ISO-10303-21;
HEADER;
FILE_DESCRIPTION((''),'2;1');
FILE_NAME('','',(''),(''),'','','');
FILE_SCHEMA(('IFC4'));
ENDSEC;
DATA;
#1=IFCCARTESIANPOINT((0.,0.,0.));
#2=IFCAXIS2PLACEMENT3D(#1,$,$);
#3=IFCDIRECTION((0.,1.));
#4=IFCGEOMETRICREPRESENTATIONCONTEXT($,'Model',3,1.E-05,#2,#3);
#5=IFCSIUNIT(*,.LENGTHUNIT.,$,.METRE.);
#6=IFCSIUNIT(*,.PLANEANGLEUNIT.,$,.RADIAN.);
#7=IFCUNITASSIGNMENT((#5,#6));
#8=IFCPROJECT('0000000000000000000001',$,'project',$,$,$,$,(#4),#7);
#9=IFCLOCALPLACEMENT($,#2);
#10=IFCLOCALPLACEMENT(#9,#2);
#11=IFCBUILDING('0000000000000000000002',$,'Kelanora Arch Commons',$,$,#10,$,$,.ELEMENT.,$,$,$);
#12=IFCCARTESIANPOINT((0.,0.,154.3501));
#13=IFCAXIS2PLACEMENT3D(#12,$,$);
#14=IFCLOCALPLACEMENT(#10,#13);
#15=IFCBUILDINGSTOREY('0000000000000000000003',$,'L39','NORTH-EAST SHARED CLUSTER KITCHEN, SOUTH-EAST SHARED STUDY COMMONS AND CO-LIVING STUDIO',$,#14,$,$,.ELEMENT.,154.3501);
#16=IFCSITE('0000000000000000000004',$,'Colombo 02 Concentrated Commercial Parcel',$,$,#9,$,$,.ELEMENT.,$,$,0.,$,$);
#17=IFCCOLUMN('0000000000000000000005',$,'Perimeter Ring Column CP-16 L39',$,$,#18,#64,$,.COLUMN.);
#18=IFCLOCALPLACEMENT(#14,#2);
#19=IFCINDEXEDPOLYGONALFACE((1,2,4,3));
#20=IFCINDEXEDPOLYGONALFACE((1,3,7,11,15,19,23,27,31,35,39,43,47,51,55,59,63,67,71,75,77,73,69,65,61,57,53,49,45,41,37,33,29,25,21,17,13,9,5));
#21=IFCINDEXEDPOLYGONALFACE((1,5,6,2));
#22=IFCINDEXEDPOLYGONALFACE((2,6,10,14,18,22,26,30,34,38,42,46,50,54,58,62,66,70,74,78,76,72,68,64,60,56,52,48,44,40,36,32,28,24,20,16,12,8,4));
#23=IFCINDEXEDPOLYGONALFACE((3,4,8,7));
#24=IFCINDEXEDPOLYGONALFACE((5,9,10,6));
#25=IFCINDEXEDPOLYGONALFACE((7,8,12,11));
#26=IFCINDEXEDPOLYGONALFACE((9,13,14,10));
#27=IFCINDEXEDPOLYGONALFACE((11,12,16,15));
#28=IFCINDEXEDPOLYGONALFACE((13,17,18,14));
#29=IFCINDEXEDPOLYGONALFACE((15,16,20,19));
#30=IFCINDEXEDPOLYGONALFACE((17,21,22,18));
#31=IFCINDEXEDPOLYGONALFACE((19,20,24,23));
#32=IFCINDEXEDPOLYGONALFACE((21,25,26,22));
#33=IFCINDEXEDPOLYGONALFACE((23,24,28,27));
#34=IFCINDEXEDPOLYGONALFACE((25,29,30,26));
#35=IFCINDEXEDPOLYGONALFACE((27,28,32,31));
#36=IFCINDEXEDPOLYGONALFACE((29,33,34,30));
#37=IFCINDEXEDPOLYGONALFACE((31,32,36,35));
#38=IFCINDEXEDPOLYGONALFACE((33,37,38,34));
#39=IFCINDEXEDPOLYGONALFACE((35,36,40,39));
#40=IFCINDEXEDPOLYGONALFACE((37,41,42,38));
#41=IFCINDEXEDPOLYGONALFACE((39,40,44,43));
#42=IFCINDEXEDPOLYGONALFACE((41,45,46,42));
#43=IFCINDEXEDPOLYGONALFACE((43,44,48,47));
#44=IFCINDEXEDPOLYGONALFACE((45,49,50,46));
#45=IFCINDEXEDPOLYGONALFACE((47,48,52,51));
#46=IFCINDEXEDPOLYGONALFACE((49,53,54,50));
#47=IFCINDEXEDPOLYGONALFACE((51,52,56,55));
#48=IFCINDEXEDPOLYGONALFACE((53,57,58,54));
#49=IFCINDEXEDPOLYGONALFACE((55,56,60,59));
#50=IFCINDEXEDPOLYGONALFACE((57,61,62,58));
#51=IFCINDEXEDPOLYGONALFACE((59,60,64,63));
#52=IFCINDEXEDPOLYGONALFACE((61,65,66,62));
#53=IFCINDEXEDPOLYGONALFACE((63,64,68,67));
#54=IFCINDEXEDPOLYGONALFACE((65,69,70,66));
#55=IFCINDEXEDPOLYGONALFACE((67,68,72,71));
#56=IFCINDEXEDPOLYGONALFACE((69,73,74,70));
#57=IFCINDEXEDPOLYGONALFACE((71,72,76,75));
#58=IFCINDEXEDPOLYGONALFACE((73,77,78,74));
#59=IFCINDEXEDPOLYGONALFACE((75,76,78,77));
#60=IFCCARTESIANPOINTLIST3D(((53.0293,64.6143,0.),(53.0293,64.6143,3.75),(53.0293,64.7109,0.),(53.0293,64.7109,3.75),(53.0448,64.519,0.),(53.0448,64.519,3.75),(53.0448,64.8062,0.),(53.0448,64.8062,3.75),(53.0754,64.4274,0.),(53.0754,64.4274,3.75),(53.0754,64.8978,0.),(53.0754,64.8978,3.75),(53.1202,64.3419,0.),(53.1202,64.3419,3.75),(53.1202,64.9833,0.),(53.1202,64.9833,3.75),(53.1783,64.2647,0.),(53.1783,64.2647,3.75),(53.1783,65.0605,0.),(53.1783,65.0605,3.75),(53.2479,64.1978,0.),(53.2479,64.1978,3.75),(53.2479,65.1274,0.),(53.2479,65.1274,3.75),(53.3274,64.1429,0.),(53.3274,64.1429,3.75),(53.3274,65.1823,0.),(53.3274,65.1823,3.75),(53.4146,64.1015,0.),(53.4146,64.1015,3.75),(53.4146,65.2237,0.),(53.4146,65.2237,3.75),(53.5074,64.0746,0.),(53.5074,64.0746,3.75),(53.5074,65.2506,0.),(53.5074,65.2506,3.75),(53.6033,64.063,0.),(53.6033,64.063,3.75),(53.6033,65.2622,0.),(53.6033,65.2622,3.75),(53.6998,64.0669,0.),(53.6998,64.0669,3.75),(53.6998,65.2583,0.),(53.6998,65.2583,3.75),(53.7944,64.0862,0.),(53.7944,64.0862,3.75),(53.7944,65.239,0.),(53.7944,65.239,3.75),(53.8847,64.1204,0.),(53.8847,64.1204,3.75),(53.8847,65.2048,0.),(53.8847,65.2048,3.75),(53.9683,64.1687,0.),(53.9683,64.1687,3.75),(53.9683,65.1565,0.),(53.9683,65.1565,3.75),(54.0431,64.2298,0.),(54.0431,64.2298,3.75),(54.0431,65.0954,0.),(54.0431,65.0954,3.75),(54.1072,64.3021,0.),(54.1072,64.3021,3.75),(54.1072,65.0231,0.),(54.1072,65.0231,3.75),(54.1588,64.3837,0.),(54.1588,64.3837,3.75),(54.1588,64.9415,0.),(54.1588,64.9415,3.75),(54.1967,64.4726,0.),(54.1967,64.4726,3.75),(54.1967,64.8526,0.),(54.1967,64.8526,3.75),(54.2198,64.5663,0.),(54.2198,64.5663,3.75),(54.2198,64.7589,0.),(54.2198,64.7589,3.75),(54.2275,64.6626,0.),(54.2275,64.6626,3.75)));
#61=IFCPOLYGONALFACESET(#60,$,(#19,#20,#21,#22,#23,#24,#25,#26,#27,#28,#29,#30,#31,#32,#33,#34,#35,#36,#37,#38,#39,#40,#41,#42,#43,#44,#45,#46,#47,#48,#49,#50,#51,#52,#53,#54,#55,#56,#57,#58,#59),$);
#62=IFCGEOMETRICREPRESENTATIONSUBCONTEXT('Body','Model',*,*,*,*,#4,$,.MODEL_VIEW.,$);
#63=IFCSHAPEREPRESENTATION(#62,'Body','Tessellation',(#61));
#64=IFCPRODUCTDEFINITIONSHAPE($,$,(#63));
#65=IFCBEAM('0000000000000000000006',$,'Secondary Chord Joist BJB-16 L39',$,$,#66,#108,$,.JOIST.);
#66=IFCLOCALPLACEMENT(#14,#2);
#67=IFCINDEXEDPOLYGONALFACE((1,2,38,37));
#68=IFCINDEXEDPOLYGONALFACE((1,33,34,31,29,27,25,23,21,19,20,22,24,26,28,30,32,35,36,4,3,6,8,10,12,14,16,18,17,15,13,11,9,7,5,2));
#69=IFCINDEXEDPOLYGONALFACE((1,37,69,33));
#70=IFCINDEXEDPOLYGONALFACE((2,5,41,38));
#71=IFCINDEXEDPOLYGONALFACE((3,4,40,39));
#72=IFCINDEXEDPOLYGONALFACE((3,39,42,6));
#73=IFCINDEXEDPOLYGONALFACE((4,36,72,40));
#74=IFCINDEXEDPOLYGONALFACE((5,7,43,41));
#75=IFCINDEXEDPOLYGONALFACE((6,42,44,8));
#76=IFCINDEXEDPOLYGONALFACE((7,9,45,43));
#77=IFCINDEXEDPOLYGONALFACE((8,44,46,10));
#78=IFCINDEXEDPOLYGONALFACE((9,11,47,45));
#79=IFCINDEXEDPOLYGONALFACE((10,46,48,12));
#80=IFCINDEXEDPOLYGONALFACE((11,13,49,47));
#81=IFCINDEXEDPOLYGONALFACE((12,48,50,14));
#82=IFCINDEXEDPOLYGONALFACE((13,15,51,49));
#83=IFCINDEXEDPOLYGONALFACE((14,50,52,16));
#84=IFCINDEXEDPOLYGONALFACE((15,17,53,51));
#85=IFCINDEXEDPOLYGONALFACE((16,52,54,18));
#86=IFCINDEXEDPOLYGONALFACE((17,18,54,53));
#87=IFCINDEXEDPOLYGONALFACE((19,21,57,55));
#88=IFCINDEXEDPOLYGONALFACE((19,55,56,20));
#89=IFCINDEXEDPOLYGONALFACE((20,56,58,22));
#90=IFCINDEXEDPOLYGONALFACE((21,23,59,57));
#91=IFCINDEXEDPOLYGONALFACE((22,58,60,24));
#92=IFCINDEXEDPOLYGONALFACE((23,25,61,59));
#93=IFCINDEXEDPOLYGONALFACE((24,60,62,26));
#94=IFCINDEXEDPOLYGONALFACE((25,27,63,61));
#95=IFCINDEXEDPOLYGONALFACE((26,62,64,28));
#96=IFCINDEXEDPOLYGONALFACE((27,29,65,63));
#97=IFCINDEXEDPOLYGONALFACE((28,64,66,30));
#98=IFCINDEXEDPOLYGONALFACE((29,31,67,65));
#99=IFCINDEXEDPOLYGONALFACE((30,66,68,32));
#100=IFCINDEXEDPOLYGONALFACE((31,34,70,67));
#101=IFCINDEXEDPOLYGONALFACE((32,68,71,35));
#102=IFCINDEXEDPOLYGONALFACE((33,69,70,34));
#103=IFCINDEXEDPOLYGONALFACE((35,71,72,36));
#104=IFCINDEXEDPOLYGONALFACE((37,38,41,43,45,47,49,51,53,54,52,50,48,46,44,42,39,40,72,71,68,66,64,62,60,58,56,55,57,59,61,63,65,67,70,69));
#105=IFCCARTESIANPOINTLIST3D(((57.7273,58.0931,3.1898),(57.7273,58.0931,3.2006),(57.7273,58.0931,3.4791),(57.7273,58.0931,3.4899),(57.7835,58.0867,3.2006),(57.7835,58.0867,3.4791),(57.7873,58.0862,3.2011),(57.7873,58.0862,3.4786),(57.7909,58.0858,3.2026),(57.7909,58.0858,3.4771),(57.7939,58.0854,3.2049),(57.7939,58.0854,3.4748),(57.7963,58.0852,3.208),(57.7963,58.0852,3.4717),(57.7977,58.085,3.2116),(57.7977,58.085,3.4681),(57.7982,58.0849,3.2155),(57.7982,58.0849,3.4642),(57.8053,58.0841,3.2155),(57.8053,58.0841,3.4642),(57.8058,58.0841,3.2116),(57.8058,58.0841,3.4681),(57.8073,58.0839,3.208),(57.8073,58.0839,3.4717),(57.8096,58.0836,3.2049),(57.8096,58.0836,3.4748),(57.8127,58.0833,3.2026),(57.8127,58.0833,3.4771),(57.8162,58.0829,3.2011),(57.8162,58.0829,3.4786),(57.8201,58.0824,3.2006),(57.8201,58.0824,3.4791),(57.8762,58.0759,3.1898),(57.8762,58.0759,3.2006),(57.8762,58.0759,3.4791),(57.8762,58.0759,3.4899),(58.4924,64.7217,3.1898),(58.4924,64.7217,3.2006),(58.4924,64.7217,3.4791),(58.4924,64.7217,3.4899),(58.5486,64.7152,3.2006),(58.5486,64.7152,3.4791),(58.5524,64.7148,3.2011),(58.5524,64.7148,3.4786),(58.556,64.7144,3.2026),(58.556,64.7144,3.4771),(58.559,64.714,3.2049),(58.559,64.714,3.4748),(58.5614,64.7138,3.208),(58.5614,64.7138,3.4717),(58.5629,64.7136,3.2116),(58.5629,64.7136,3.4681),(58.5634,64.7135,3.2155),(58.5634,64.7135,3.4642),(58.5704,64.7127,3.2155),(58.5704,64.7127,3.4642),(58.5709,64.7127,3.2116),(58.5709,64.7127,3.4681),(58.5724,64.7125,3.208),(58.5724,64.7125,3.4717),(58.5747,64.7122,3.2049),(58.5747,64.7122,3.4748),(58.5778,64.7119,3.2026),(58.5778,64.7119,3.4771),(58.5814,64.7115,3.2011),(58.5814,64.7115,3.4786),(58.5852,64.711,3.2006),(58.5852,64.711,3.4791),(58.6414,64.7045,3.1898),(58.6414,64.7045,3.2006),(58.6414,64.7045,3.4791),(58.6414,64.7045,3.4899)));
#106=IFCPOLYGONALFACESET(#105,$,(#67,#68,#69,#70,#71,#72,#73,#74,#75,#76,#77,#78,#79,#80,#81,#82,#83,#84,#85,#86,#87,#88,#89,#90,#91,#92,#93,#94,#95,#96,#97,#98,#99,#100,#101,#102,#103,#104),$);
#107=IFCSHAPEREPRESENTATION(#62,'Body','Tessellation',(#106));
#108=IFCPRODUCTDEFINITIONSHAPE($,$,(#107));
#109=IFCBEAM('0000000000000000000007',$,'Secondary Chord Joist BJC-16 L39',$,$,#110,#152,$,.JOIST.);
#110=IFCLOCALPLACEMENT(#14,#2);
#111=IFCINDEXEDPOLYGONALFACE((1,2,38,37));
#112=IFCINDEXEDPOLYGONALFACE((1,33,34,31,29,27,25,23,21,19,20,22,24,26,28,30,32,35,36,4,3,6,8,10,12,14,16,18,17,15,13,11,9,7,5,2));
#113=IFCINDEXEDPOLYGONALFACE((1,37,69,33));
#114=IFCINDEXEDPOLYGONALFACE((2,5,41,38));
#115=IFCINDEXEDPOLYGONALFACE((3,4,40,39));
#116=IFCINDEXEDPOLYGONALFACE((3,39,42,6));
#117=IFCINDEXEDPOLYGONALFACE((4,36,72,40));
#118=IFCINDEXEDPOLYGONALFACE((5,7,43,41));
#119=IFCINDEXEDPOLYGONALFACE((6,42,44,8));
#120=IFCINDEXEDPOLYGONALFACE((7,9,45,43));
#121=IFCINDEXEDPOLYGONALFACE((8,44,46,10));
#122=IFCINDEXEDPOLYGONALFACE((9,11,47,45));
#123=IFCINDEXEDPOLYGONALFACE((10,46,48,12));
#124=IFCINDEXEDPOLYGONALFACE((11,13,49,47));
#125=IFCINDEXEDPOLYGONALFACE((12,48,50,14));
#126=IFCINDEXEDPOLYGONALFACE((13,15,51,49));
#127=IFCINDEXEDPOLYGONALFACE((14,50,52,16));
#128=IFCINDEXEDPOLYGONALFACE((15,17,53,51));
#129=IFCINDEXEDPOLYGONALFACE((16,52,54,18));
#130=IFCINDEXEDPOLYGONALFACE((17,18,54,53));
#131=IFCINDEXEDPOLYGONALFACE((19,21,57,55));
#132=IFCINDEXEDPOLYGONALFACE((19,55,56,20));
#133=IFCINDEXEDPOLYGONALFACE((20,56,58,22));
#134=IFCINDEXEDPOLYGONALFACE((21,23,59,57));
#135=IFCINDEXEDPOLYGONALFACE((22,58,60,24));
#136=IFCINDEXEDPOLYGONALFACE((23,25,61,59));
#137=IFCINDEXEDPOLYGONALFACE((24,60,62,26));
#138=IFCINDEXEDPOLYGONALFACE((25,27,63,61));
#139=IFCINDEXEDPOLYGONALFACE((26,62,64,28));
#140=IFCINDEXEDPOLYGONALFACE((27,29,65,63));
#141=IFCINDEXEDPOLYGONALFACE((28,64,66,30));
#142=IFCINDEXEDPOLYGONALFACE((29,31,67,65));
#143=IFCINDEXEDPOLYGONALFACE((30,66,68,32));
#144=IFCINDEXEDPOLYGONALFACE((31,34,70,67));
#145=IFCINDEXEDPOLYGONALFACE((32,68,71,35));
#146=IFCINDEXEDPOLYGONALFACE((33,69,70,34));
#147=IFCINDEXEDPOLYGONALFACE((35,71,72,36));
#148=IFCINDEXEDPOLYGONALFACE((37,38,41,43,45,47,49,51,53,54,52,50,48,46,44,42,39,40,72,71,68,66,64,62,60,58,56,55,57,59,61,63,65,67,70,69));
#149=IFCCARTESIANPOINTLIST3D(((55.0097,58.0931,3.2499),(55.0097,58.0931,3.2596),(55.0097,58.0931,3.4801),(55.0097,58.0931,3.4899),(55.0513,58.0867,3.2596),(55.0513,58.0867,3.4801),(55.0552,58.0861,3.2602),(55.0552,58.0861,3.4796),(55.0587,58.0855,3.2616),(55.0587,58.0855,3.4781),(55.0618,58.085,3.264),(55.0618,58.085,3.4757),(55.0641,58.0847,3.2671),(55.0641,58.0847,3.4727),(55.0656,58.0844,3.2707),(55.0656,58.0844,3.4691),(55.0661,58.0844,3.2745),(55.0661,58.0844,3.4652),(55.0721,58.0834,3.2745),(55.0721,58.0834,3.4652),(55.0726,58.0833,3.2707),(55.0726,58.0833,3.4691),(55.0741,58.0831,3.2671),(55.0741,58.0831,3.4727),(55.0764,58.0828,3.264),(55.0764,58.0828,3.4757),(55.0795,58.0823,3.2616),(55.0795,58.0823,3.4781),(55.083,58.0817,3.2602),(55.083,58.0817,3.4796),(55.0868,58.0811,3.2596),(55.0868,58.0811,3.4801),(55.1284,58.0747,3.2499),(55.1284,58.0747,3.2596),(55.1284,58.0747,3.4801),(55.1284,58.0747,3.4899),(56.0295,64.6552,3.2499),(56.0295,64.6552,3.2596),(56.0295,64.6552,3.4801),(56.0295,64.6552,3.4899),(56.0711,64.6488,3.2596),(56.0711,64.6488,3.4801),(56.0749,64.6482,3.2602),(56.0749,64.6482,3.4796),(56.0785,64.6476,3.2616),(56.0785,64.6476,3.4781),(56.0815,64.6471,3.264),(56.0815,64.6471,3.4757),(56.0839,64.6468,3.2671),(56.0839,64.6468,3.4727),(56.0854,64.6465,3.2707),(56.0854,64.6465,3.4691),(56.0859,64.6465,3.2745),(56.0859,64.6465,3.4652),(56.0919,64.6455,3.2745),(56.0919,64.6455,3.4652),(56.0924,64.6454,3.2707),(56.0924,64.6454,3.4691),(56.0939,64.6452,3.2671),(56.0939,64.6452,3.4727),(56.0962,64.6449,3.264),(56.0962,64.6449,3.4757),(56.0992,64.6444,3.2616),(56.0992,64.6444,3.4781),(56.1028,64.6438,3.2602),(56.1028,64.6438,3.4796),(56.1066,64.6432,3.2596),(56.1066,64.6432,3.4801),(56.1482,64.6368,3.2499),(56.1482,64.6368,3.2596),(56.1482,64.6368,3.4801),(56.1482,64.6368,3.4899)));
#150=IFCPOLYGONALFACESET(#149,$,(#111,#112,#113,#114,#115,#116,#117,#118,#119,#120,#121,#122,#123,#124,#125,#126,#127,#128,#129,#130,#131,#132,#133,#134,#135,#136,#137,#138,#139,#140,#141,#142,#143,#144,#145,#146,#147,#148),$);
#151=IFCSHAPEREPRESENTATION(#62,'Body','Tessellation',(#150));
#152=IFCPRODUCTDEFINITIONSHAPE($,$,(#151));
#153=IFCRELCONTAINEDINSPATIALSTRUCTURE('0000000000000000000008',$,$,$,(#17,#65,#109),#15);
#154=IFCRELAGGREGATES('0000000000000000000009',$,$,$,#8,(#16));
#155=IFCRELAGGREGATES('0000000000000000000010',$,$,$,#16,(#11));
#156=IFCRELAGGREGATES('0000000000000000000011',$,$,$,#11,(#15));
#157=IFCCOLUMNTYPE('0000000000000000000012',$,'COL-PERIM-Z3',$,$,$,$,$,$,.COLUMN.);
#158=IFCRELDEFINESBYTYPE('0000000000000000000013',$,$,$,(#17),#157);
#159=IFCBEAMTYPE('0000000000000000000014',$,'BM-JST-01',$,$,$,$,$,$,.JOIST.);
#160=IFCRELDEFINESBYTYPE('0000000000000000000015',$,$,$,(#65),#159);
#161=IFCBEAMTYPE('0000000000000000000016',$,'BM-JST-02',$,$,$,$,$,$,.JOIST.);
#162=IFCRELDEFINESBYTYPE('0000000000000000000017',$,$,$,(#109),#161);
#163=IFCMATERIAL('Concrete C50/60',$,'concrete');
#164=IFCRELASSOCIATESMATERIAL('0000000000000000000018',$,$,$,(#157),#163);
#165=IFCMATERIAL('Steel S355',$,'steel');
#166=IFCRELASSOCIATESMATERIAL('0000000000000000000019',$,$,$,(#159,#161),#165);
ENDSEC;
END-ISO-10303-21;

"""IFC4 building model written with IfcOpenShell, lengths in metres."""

from ifc_helpers import new_model, si_unit, direction, frame, origin, origin_2d, place, context, subcontext, project, spatial, circle, i_section, extrude, material, material_profile, profile_set, type_object, element, save


model = new_model("IFC4")

# Units and contexts
model_context = context("Model", 3, precision=1e-05, world=origin(), true_north=direction((0.0, 1.0)))
body_context = subcontext(model_context, "Body", "Model", "MODEL_VIEW")
ifc_project = project(units=[si_unit("LENGTHUNIT", "METRE"), si_unit("PLANEANGLEUNIT", "RADIAN")], contexts=[model_context])

# Site, building, storey
site_placement = place(None, origin())
site = spatial("IfcSite", under=ifc_project, at=site_placement, Name="Colombo 02 Concentrated Commercial Parcel", CompositionType="ELEMENT", RefElevation=0.0)
building_placement = place(site_placement, origin())
building = spatial("IfcBuilding", under=site, at=building_placement, Name="Kelanora Arch Commons", CompositionType="ELEMENT")
storey_placement = place(building_placement, frame((0.0, 0.0, 154.3501)))
storey = spatial("IfcBuildingStorey", under=building, at=storey_placement, Name="L39", Description="NORTH-EAST SHARED CLUSTER KITCHEN, SOUTH-EAST SHARED STUDY COMMONS AND CO-LIVING STUDIO", CompositionType="ELEMENT", Elevation=154.3501)

# Column
ifc_material_1 = material(Name="Concrete C50/60", Category="concrete")
ifc_material_profile_1 = material_profile(ifc_material_1, circle(Radius=0.6001, at=origin_2d()), Name="RCC1200")
ifc_profile_set_1 = profile_set([ifc_material_profile_1], Name="Concrete C50/60")
column_type = type_object("IfcColumnType", Name="COL-PERIM-Z3", PredefinedType="COLUMN", material=ifc_profile_set_1)
column_placement = place(storey_placement, frame((53.6274, 64.6626, 0.0), z_axis=(0.0, 0.0, 1.0), x_axis=(1.0, 0.0, 0.0)))
element("IfcColumn", 1, at=column_placement, inside=storey, type_object=column_type, Name="Perimeter Ring Column CP-16 L39", PredefinedType="COLUMN", context=body_context, shape_type="SweptSolid", body=[
    extrude(circle(Radius=0.6001, at=origin_2d()), origin(), (0.0, 0.0, 1.0), 3.75),
])

# Beams
ifc_material_2 = material(Name="Steel S355", Category="steel")
ifc_material_profile_2 = material_profile(ifc_material_2, i_section(OverallWidth=0.1499, OverallDepth=0.3, WebThickness=0.0071, FlangeThickness=0.0107, FilletRadius=0.0149, at=origin_2d()), Name="IPE300")
ifc_profile_set_2 = profile_set([ifc_material_profile_2], Name="Steel S355")
beam_type_1 = type_object("IfcBeamType", Name="BM-JST-01", PredefinedType="JOIST", material=ifc_profile_set_2)
beam_1_placement = place(storey_placement, frame((58.5669, 64.7131, 3.3398), z_axis=(-0.114667, -0.993404, 0.0), x_axis=(0.993404, -0.114667, 0.0)))
element("IfcBeam", 2, at=beam_1_placement, inside=storey, type_object=beam_type_1, Name="Secondary Chord Joist BJB-16 L39", PredefinedType="JOIST", context=body_context, shape_type="SweptSolid", body=[
    extrude(i_section(OverallWidth=0.1499, OverallDepth=0.3, WebThickness=0.0071, FlangeThickness=0.0107, FilletRadius=0.0149, at=origin_2d()), origin(), (0.0, 0.0, 1.0), 6.6726),
])
ifc_material_profile_3 = material_profile(ifc_material_2, i_section(OverallWidth=0.1201, OverallDepth=0.24, WebThickness=0.0061, FlangeThickness=0.0098, FilletRadius=0.0149, at=origin_2d()), Name="IPE240")
ifc_profile_set_3 = profile_set([ifc_material_profile_3], Name="Steel S355")
beam_type_2 = type_object("IfcBeamType", Name="BM-JST-02", PredefinedType="JOIST", material=ifc_profile_set_3)
beam_2_placement = place(storey_placement, frame((56.0889, 64.646, 3.3699), z_axis=(-0.153563, -0.988139, 0.0), x_axis=(0.988139, -0.153563, 0.0)))
element("IfcBeam", 3, at=beam_2_placement, inside=storey, type_object=beam_type_2, Name="Secondary Chord Joist BJC-16 L39", PredefinedType="JOIST", context=body_context, shape_type="SweptSolid", body=[
    extrude(i_section(OverallWidth=0.1201, OverallDepth=0.24, WebThickness=0.0061, FlangeThickness=0.0098, FilletRadius=0.0149, at=origin_2d()), origin(), (0.0, 0.0, 1.0), 6.6409),
])

save(model, "model.ifc")
